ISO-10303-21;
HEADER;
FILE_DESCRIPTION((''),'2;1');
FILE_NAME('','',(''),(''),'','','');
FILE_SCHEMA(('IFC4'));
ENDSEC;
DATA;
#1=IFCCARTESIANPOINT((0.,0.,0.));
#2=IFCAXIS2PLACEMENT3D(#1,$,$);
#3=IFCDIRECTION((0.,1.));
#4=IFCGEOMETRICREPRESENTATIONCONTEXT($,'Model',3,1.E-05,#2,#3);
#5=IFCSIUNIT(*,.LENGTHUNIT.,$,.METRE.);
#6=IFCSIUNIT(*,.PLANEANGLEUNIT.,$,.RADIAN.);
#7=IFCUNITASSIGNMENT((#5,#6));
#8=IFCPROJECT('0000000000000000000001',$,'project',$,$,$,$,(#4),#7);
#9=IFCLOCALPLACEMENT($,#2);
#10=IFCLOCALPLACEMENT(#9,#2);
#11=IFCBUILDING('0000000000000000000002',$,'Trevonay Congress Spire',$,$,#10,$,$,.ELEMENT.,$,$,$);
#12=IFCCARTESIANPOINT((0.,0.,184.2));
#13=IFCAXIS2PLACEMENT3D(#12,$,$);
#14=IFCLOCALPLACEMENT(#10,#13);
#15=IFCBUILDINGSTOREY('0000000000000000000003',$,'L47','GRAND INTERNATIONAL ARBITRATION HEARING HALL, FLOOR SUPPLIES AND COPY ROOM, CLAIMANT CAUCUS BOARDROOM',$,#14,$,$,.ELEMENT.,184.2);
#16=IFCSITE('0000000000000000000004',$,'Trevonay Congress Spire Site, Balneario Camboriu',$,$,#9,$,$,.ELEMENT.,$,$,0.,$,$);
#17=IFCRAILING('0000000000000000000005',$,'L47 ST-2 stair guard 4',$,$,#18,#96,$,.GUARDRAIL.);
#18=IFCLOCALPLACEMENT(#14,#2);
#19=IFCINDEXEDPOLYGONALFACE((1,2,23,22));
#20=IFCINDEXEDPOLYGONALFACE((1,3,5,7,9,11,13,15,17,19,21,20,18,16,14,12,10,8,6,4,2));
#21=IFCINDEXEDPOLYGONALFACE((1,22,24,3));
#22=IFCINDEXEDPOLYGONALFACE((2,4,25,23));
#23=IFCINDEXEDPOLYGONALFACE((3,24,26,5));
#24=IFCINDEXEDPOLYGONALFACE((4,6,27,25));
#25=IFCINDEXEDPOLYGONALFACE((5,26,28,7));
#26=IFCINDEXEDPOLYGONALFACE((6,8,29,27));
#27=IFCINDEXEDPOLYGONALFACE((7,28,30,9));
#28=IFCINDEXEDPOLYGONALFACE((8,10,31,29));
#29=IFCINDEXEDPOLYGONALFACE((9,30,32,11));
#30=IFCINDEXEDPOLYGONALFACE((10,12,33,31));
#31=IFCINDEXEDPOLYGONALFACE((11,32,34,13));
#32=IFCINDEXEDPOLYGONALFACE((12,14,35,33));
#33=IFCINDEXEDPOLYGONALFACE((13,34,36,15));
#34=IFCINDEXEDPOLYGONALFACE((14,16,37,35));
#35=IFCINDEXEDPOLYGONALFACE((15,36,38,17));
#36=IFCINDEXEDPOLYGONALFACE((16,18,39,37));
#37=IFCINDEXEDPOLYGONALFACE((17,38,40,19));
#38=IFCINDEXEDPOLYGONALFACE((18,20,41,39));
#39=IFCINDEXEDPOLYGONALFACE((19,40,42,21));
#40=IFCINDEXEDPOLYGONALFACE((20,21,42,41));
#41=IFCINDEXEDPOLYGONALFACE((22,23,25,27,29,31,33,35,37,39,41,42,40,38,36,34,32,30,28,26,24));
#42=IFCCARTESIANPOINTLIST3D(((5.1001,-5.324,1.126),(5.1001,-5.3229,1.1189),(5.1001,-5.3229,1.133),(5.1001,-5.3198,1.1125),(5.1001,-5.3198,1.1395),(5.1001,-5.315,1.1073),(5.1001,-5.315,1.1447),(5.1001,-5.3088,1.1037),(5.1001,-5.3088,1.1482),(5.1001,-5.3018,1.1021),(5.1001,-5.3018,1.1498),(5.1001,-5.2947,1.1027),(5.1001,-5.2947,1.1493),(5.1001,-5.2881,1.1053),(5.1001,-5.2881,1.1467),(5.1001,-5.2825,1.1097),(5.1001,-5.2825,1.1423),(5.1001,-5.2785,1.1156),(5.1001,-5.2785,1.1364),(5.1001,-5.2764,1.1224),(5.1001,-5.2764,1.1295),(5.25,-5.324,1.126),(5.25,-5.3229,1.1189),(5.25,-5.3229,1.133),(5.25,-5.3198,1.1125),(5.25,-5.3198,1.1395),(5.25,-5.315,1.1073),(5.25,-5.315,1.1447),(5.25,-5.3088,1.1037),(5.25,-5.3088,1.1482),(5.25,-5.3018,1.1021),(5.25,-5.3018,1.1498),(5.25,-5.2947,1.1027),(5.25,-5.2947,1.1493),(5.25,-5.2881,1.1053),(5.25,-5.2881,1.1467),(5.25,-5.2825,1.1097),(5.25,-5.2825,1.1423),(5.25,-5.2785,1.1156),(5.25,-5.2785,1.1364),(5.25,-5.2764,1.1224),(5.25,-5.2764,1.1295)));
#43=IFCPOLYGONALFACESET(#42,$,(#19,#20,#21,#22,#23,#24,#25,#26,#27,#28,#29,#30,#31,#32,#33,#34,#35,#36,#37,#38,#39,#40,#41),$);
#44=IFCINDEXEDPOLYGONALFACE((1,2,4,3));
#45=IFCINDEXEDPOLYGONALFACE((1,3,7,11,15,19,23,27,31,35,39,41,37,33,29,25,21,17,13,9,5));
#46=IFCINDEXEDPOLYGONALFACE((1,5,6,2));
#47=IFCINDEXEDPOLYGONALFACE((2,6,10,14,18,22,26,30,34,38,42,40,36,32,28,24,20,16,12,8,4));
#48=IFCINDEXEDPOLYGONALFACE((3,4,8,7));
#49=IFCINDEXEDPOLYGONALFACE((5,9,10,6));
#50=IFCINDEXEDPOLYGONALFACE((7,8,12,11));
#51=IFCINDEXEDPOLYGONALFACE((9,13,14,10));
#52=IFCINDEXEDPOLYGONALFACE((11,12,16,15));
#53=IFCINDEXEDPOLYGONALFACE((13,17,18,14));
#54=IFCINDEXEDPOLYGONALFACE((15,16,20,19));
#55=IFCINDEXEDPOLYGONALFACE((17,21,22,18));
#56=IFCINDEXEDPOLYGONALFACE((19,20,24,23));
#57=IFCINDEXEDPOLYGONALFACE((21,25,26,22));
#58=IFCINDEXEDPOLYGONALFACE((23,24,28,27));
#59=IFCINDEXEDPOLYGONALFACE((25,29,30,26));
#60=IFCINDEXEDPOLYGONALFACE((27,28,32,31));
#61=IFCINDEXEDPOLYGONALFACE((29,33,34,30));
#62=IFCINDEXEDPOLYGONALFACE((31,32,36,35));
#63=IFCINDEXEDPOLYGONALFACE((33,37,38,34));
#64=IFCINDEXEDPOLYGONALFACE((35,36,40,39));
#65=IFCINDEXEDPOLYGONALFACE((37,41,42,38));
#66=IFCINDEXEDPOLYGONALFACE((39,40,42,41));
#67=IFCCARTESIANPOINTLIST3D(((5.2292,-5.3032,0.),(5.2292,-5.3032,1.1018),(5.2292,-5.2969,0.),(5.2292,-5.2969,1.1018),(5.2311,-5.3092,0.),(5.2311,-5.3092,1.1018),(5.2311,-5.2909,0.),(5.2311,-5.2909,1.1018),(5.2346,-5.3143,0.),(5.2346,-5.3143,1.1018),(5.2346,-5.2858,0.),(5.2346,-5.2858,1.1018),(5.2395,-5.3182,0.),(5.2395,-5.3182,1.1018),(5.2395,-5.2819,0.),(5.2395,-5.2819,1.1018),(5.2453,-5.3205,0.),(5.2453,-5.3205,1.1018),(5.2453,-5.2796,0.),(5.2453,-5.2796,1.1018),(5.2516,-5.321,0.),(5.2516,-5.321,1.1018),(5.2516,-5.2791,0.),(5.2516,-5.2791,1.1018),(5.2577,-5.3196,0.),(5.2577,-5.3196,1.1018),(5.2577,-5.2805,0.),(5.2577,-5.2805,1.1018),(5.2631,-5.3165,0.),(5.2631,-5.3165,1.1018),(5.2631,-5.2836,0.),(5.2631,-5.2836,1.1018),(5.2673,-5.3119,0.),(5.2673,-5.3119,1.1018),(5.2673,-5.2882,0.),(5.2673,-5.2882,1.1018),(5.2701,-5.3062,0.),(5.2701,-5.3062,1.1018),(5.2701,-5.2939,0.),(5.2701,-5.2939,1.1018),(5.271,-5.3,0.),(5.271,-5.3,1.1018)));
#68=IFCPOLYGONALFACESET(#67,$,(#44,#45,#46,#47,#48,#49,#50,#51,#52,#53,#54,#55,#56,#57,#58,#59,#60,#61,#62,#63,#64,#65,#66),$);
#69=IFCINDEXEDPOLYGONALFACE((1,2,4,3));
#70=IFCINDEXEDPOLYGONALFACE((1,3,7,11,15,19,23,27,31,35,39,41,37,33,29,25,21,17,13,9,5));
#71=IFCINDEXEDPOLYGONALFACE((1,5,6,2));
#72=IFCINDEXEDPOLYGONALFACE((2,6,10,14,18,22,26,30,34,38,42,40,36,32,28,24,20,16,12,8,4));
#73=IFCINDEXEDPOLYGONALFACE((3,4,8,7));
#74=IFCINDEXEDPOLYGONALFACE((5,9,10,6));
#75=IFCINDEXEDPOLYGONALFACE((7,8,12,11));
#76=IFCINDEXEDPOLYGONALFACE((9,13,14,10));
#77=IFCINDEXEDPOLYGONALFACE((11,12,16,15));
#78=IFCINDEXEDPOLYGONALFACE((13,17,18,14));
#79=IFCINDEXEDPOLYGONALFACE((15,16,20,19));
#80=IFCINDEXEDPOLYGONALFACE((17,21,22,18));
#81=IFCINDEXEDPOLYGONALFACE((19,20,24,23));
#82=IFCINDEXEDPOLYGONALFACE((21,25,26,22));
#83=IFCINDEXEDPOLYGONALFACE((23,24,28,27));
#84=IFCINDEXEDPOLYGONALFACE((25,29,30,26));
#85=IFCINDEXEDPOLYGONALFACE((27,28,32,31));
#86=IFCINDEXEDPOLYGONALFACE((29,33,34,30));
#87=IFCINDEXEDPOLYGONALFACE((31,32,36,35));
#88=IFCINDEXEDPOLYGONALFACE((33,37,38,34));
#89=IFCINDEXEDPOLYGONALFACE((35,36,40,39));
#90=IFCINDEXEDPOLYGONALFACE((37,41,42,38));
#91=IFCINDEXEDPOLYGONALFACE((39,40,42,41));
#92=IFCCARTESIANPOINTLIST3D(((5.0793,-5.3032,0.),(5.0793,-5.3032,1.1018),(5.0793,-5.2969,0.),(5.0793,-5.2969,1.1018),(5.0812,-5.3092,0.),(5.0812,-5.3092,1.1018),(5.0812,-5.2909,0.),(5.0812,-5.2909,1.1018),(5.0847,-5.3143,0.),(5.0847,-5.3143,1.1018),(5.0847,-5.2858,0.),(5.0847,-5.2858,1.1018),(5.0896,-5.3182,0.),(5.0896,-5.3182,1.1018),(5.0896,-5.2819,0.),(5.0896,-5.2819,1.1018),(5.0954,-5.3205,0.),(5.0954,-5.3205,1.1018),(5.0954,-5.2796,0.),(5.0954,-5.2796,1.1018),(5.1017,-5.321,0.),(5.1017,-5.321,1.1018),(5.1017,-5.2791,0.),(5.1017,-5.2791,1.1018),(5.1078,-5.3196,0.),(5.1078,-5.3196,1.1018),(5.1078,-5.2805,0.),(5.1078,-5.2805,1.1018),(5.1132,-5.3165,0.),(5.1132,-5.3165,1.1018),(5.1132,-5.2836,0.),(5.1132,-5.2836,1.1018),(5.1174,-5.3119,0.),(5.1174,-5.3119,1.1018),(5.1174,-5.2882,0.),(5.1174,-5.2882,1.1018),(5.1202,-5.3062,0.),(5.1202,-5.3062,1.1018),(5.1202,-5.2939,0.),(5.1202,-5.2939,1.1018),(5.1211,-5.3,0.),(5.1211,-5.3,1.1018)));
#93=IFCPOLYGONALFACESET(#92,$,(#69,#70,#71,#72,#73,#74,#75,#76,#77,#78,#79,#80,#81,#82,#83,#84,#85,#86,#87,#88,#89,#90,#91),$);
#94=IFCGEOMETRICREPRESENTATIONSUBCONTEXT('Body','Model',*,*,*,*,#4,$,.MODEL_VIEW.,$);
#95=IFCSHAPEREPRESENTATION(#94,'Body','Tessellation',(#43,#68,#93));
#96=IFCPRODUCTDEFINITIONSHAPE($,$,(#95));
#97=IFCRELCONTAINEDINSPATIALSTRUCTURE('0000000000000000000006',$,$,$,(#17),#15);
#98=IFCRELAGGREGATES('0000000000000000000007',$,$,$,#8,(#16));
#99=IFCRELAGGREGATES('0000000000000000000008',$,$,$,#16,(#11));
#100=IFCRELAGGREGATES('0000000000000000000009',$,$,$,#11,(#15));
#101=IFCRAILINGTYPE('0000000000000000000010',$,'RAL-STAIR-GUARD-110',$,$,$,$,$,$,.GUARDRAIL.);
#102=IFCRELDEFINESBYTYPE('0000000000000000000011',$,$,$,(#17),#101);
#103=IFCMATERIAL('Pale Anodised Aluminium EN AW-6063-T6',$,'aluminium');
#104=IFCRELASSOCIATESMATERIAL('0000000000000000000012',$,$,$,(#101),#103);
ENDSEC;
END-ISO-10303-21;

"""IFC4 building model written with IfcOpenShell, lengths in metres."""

from ifc_helpers import new_model, si_unit, direction, frame, origin, origin_2d, place, context, subcontext, project, spatial, circle, extrude, material, type_object, element, save


model = new_model("IFC4")

# Units and contexts
model_context = context("Model", 3, precision=1e-05, world=origin(), true_north=direction((0.0, 1.0)))
body_context = subcontext(model_context, "Body", "Model", "MODEL_VIEW")
ifc_project = project(units=[si_unit("LENGTHUNIT", "METRE"), si_unit("PLANEANGLEUNIT", "RADIAN")], contexts=[model_context])

# Site, building, storey
site_placement = place(None, origin())
site = spatial("IfcSite", under=ifc_project, at=site_placement, Name="Trevonay Congress Spire Site, Balneario Camboriu", CompositionType="ELEMENT", RefElevation=0.0)
building_placement = place(site_placement, origin())
building = spatial("IfcBuilding", under=site, at=building_placement, Name="Trevonay Congress Spire", CompositionType="ELEMENT")
storey_placement = place(building_placement, frame((0.0, 0.0, 184.2)))
storey = spatial("IfcBuildingStorey", under=building, at=storey_placement, Name="L47", Description="GRAND INTERNATIONAL ARBITRATION HEARING HALL, FLOOR SUPPLIES AND COPY ROOM, CLAIMANT CAUCUS BOARDROOM", CompositionType="ELEMENT", Elevation=184.2)

# Railing
ifc_material_1 = material(Name="Pale Anodised Aluminium EN AW-6063-T6", Category="aluminium")
railing_type_1 = type_object("IfcRailingType", Name="RAL-STAIR-GUARD-110", PredefinedType="GUARDRAIL", material=ifc_material_1)
railing_1_placement = place(storey_placement, frame((5.25, -5.3, 0.0)))
element("IfcRailing", 1, at=railing_1_placement, inside=storey, type_object=railing_type_1, Name="L47 ST-2 stair guard 4", PredefinedType="GUARDRAIL", context=body_context, shape_type="SweptSolid", body=[
    extrude(circle(Radius=0.0239, at=origin_2d()), frame((0.0, 0.0, 1.126), z_axis=(-1.0, 0.0, 0.0), x_axis=(0.0, -1.0, 0.0)), (0.0, 0.0, 1.0), 0.1499),
    extrude(circle(Radius=0.021, at=origin_2d()), origin(), (0.0, 0.0, 1.0), 1.1018),
    extrude(circle(Radius=0.021, at=origin_2d()), frame((-0.1499, 0.0, 0.0)), (0.0, 0.0, 1.0), 1.1018),
])

save(model, "model.ifc")
